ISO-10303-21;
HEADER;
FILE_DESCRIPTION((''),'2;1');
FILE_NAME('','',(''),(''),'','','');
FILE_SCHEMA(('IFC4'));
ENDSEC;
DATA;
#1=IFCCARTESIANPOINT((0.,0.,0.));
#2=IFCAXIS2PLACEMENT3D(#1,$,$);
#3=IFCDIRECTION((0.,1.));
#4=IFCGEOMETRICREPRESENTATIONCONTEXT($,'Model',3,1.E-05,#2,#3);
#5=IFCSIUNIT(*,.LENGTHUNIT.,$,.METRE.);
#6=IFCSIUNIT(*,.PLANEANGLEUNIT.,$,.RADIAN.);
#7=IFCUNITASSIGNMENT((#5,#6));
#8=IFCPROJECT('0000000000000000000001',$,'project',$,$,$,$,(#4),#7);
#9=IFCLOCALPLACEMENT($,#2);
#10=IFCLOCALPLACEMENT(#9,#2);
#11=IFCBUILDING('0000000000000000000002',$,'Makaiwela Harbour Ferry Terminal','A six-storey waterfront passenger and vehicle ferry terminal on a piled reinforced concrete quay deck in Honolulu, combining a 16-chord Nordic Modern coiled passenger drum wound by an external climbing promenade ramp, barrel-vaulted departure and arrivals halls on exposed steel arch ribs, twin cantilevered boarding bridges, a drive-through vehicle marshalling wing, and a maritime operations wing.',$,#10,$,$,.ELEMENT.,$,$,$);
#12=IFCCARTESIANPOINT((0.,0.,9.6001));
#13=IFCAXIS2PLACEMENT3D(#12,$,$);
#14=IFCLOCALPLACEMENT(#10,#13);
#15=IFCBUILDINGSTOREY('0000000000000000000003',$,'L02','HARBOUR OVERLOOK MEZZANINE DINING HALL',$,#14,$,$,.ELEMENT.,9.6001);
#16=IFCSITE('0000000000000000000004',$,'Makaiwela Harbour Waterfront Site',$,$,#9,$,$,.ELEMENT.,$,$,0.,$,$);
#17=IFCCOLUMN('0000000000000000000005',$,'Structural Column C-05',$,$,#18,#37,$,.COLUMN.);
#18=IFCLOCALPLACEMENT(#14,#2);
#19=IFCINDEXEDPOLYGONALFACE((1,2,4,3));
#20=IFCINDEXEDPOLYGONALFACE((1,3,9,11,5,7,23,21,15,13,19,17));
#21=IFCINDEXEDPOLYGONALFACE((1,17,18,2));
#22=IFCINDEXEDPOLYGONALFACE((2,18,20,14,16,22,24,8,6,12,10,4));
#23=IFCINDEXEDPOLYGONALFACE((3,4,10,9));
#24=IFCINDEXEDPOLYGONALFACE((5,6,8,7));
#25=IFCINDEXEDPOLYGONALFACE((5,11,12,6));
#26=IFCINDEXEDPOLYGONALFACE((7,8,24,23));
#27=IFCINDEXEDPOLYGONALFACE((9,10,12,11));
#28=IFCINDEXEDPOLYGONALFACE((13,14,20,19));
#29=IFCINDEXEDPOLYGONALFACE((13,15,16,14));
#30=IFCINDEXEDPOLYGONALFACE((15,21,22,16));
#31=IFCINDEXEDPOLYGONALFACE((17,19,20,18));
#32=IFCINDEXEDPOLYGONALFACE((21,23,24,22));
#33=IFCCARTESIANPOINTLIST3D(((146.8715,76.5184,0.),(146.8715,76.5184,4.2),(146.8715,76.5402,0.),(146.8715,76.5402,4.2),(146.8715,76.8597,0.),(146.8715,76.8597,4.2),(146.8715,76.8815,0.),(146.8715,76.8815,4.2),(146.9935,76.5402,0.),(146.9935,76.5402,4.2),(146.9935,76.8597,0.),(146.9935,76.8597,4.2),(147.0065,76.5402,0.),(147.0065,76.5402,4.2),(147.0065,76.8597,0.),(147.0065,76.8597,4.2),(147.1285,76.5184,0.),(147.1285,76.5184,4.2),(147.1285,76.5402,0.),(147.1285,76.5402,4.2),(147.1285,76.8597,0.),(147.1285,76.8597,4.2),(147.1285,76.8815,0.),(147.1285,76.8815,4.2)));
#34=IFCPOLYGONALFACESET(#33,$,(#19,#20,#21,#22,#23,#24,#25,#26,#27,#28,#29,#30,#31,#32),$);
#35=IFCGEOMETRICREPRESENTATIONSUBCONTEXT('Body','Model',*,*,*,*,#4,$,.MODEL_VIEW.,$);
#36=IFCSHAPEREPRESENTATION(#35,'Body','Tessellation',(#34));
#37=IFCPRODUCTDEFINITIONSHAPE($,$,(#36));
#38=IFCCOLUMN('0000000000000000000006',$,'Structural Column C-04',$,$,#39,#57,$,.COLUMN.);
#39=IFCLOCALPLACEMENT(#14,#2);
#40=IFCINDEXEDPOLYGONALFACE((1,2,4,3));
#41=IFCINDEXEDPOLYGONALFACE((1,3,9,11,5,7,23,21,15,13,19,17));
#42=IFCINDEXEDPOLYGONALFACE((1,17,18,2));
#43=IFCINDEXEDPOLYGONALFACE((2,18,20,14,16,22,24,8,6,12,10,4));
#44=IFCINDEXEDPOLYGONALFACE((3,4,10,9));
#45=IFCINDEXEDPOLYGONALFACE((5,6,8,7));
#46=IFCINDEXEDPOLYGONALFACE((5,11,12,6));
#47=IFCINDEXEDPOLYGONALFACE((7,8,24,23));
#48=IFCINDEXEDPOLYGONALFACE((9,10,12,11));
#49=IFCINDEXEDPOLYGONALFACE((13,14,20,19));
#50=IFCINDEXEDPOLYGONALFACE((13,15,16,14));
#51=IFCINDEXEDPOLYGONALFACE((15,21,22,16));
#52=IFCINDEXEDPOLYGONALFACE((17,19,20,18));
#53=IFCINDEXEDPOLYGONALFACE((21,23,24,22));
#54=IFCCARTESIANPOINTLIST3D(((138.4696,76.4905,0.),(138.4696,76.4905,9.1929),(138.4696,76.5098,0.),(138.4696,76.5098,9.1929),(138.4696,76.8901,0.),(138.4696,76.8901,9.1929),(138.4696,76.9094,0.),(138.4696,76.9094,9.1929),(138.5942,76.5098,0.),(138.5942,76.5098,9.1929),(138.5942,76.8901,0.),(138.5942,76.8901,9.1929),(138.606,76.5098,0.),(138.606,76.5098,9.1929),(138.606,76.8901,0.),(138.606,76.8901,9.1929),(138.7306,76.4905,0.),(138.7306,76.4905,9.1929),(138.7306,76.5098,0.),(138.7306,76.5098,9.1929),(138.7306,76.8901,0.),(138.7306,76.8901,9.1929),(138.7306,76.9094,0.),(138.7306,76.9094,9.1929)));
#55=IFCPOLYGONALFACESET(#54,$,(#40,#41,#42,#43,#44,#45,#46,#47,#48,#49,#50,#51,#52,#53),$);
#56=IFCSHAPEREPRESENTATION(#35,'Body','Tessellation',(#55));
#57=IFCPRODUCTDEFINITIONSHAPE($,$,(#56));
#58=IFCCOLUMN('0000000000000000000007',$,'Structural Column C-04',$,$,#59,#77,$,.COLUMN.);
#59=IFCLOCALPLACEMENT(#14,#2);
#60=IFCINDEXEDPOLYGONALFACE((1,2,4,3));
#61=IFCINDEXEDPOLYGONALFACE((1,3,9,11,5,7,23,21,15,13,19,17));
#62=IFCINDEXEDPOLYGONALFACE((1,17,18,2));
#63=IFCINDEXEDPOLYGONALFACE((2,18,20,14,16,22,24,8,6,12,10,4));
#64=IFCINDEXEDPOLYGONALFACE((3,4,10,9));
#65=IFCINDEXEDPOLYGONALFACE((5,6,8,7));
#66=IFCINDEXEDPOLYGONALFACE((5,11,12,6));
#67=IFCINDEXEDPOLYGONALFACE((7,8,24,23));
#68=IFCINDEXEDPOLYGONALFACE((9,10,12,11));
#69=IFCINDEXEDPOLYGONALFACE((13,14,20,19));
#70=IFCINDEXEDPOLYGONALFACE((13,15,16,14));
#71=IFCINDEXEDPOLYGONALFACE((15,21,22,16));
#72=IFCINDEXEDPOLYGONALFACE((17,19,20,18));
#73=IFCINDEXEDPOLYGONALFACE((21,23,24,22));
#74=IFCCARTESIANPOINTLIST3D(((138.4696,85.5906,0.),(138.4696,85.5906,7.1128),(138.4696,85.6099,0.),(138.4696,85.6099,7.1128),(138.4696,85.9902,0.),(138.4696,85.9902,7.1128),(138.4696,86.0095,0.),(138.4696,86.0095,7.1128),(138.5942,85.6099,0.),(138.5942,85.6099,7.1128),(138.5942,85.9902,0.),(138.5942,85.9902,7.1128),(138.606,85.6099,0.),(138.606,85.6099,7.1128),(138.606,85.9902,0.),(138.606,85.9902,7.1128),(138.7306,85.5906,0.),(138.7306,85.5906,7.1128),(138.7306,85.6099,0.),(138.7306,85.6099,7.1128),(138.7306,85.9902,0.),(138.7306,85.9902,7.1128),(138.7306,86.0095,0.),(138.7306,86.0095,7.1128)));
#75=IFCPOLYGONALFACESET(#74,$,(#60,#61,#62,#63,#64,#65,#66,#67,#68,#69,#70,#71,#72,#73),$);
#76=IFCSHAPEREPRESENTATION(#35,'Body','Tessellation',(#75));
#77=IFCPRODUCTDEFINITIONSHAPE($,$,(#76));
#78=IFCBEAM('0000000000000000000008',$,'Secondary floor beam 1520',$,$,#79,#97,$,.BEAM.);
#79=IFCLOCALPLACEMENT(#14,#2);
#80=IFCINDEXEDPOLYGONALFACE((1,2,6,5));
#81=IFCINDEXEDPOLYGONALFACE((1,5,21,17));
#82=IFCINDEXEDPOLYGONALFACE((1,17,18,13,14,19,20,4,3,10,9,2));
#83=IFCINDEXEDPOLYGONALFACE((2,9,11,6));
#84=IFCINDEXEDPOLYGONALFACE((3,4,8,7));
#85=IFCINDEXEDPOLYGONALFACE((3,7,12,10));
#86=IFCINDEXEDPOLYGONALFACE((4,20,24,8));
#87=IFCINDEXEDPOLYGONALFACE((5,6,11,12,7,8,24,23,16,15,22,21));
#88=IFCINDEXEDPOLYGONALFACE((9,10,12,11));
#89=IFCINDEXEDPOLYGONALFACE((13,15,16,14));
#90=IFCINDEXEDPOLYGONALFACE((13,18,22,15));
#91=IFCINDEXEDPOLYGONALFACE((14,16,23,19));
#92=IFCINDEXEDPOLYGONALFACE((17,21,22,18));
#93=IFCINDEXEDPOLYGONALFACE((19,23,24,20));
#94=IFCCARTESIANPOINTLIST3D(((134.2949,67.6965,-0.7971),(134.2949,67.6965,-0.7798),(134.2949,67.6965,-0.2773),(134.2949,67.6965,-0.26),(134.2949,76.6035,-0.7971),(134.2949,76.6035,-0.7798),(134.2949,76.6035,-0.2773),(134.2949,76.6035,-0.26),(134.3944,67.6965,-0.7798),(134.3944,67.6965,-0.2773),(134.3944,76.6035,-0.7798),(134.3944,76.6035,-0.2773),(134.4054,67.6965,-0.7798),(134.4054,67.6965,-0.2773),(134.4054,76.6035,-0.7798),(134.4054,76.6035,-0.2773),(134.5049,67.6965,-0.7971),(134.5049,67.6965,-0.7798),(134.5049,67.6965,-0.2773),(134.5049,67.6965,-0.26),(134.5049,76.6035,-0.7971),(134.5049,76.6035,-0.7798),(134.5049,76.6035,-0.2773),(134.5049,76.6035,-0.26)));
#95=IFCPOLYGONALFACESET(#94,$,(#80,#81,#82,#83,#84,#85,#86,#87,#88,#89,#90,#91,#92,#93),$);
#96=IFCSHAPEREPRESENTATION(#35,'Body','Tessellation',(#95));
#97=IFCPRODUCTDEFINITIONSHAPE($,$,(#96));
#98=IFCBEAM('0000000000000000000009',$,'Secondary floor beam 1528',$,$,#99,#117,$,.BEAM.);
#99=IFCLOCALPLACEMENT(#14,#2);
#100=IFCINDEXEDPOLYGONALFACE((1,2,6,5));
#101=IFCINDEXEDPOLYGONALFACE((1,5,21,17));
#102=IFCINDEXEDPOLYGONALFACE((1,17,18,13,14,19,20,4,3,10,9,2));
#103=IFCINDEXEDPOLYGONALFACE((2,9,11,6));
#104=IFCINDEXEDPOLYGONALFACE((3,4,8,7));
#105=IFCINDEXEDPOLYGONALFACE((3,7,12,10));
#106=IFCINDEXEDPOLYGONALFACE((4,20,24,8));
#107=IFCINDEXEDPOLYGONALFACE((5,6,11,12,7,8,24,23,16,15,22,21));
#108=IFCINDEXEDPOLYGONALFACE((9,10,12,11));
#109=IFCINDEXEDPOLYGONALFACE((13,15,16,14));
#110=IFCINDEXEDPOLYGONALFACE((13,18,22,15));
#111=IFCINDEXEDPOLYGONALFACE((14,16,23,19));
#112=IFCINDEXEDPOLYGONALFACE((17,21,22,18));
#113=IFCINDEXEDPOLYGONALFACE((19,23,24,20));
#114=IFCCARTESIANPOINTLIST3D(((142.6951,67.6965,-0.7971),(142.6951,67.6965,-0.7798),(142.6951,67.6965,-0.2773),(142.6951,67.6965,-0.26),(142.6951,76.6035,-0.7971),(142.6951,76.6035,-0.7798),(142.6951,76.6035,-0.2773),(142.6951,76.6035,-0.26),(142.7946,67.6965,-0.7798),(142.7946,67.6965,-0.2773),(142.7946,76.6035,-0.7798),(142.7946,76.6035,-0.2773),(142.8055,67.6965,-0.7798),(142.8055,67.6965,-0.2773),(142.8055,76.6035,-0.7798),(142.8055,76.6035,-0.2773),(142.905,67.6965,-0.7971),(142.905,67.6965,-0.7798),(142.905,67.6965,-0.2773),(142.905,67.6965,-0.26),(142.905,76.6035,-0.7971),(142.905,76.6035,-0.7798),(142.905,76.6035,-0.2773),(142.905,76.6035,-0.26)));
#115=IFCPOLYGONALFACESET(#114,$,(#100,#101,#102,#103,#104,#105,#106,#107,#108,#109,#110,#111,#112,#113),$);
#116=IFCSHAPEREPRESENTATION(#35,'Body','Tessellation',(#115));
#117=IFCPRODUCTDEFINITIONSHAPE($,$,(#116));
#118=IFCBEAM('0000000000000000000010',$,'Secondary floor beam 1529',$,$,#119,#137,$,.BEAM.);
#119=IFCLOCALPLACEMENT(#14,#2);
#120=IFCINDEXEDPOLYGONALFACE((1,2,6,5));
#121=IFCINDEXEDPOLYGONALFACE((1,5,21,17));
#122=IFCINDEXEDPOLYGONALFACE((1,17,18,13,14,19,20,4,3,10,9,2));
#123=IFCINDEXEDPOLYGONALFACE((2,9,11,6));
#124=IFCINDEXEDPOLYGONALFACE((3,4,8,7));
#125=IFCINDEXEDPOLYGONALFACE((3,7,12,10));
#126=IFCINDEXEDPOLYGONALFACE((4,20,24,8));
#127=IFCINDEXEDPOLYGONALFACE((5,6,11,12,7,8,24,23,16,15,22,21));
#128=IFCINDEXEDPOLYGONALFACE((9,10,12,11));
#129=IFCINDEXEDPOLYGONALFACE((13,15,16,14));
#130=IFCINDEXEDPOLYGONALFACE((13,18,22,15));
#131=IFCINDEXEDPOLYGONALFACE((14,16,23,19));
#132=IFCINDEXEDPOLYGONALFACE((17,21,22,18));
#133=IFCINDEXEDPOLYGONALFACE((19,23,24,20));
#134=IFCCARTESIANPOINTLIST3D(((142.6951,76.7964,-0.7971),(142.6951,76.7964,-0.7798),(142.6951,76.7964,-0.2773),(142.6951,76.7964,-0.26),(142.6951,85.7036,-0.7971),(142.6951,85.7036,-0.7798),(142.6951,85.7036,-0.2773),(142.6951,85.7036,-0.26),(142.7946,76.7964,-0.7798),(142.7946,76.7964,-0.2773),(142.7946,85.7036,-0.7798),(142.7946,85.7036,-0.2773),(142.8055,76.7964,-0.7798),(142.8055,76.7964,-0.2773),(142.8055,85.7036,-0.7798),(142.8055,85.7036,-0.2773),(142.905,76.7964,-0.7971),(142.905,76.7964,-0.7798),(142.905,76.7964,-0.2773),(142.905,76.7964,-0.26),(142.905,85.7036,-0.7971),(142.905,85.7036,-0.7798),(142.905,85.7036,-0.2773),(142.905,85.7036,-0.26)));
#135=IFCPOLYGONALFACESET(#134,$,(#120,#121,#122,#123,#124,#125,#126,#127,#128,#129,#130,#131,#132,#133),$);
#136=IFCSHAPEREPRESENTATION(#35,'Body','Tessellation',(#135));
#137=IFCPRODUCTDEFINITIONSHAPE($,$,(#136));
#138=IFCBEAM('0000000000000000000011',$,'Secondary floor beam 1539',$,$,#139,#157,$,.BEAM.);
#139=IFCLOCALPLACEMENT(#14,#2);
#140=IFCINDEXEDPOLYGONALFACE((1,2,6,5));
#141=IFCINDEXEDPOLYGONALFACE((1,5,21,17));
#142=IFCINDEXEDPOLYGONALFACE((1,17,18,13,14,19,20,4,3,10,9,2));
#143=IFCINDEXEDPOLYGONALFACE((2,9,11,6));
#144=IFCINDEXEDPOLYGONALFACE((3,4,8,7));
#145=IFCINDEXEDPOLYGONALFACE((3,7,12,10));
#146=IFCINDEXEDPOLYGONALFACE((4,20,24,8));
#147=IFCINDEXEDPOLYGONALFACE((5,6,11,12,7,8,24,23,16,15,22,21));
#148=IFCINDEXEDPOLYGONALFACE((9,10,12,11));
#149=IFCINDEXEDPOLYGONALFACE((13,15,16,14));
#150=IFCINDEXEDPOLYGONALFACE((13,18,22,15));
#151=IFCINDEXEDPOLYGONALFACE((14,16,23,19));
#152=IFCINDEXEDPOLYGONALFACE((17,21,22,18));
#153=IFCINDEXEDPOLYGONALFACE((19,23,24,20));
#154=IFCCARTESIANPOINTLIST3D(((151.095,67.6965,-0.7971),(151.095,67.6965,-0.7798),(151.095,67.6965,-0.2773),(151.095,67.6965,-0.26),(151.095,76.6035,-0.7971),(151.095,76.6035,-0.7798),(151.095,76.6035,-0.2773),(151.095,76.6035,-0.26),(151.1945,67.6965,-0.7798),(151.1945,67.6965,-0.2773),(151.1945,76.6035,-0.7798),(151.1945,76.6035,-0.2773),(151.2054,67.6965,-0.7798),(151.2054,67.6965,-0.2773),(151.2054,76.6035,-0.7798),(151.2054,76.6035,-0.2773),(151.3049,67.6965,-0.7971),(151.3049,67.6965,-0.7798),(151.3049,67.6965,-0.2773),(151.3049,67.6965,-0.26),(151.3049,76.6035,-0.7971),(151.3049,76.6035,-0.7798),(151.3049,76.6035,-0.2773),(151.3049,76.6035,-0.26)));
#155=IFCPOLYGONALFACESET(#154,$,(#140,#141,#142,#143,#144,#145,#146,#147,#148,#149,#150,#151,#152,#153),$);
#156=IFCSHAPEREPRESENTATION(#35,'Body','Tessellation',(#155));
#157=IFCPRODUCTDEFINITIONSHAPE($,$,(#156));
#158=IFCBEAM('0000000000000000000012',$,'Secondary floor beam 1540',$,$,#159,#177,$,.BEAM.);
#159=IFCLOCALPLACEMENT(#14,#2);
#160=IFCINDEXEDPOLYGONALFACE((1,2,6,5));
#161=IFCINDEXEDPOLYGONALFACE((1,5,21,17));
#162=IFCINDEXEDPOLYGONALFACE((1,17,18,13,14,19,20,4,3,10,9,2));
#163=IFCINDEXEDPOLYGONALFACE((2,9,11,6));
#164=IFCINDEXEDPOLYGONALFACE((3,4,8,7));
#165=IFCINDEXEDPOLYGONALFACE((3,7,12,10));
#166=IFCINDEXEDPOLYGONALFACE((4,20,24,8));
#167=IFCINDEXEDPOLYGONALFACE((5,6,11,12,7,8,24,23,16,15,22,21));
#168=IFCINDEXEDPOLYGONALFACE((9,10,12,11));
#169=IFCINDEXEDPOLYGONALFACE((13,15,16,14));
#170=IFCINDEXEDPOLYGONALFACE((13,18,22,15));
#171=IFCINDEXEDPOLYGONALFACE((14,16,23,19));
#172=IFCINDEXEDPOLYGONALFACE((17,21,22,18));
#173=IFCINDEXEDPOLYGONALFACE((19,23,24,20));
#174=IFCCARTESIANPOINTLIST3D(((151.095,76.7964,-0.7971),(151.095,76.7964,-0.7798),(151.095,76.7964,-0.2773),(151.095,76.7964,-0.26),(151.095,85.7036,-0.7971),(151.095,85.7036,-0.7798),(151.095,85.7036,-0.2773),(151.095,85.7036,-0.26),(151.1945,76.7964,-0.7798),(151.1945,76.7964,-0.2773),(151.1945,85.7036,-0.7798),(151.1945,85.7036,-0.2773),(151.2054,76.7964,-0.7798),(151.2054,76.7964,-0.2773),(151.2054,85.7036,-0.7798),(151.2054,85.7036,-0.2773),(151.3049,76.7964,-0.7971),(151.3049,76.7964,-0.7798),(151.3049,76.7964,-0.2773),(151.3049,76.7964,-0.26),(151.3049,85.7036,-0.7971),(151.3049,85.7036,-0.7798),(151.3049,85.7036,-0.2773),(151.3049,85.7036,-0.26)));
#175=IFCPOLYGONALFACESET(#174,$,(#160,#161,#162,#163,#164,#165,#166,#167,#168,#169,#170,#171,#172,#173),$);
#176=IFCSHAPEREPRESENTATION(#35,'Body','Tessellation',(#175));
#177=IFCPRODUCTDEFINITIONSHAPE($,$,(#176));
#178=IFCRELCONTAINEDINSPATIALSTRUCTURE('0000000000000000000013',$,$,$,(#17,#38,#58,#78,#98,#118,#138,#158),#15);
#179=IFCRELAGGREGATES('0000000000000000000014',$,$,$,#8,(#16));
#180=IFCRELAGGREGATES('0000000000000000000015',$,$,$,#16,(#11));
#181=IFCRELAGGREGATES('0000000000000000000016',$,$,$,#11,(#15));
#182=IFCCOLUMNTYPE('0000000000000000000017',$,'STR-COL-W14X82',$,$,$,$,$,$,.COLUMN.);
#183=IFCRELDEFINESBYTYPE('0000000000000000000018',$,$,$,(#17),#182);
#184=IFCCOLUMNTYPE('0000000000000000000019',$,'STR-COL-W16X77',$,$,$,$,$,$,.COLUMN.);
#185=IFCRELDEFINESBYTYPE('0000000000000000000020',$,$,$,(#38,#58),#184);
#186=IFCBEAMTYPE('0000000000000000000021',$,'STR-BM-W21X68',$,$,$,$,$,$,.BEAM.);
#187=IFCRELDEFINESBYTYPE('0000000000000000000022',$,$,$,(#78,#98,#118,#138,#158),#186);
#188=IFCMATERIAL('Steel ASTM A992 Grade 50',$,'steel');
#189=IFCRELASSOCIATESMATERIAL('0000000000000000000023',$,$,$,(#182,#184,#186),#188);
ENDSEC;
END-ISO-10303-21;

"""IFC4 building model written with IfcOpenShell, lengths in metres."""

from ifc_helpers import new_model, si_unit, direction, frame, origin, origin_2d, place, context, subcontext, project, spatial, i_section, extrude, material, material_profile, profile_set, type_object, element, save


model = new_model("IFC4")

# Units and contexts
model_context = context("Model", 3, precision=1e-05, world=origin(), true_north=direction((0.0, 1.0)))
body_context = subcontext(model_context, "Body", "Model", "MODEL_VIEW")
ifc_project = project(units=[si_unit("LENGTHUNIT", "METRE"), si_unit("PLANEANGLEUNIT", "RADIAN")], contexts=[model_context])

# Site, building, storey
site_placement = place(None, origin())
site = spatial("IfcSite", under=ifc_project, at=site_placement, Name="Makaiwela Harbour Waterfront Site", CompositionType="ELEMENT", RefElevation=0.0)
building_placement = place(site_placement, origin())
building = spatial("IfcBuilding", under=site, at=building_placement, Name="Makaiwela Harbour Ferry Terminal", Description="A six-storey waterfront passenger and vehicle ferry terminal on a piled reinforced concrete quay deck in Honolulu, combining a 16-chord Nordic Modern coiled passenger drum wound by an external climbing promenade ramp, barrel-vaulted departure and arrivals halls on exposed steel arch ribs, twin cantilevered boarding bridges, a drive-through vehicle marshalling wing, and a maritime operations wing.", CompositionType="ELEMENT")
storey_placement = place(building_placement, frame((0.0, 0.0, 9.6001)))
storey = spatial("IfcBuildingStorey", under=building, at=storey_placement, Name="L02", Description="HARBOUR OVERLOOK MEZZANINE DINING HALL", CompositionType="ELEMENT", Elevation=9.6001)

# Columns
ifc_material_1 = material(Name="Steel ASTM A992 Grade 50", Category="steel")
ifc_material_profile_1 = material_profile(ifc_material_1, i_section(OverallWidth=0.2571, OverallDepth=0.363, WebThickness=0.0129, FlangeThickness=0.0217, at=origin_2d()), Name="W14X82")
ifc_profile_set_1 = profile_set([ifc_material_profile_1], Name="Steel ASTM A992 Grade 50")
column_type_1 = type_object("IfcColumnType", Name="STR-COL-W14X82", PredefinedType="COLUMN", material=ifc_profile_set_1)
column_1_placement = place(storey_placement, frame((147.0, 76.7, 0.0), z_axis=(0.0, 0.0, 1.0), x_axis=(1.0, 0.0, 0.0)))
element("IfcColumn", 1, at=column_1_placement, inside=storey, type_object=column_type_1, Name="Structural Column C-05", PredefinedType="COLUMN", context=body_context, shape_type="SweptSolid", body=[
    extrude(i_section(OverallWidth=0.2571, OverallDepth=0.363, WebThickness=0.0129, FlangeThickness=0.0217, at=origin_2d()), origin(), (0.0, 0.0, 1.0), 4.2),
])
ifc_material_profile_2 = material_profile(ifc_material_1, i_section(OverallWidth=0.261, OverallDepth=0.4189, WebThickness=0.0117, FlangeThickness=0.0193, at=origin_2d()), Name="W16X77")
ifc_profile_set_2 = profile_set([ifc_material_profile_2], Name="Steel ASTM A992 Grade 50")
column_type_2 = type_object("IfcColumnType", Name="STR-COL-W16X77", PredefinedType="COLUMN", material=ifc_profile_set_2)
column_2_placement = place(storey_placement, frame((138.6001, 76.7, 0.0), z_axis=(0.0, 0.0, 1.0), x_axis=(1.0, 0.0, 0.0)))
element("IfcColumn", 2, at=column_2_placement, inside=storey, type_object=column_type_2, Name="Structural Column C-04", PredefinedType="COLUMN", context=body_context, shape_type="SweptSolid", body=[
    extrude(i_section(OverallWidth=0.261, OverallDepth=0.4189, WebThickness=0.0117, FlangeThickness=0.0193, at=origin_2d()), origin(), (0.0, 0.0, 1.0), 9.1929),
])
column_3_placement = place(storey_placement, frame((138.6001, 85.8, 0.0), z_axis=(0.0, 0.0, 1.0), x_axis=(1.0, 0.0, 0.0)))
element("IfcColumn", 3, at=column_3_placement, inside=storey, type_object=column_type_2, Name="Structural Column C-04", PredefinedType="COLUMN", context=body_context, shape_type="SweptSolid", body=[
    extrude(i_section(OverallWidth=0.261, OverallDepth=0.4189, WebThickness=0.0117, FlangeThickness=0.0193, at=origin_2d()), origin(), (0.0, 0.0, 1.0), 7.1128),
])

# Beams
ifc_material_profile_3 = material_profile(ifc_material_1, i_section(OverallWidth=0.21, OverallDepth=0.5371, WebThickness=0.011, FlangeThickness=0.0173, at=origin_2d()), Name="W21X68")
ifc_profile_set_3 = profile_set([ifc_material_profile_3], Name="Steel ASTM A992 Grade 50")
beam_type_1 = type_object("IfcBeamType", Name="STR-BM-W21X68", PredefinedType="BEAM", material=ifc_profile_set_3)
for number, where, z_axis, x_axis, name in (
    (4, (134.3999, 67.6965, -0.5286), (0.0, 1.0, 0.0), (-1.0, 0.0, 0.0), "Secondary floor beam 1520"),
    (5, (142.8, 67.6965, -0.5286), (0.0, 1.0, 0.0), (-1.0, 0.0, 0.0), "Secondary floor beam 1528"),
):
    element("IfcBeam", number, at=place(storey_placement, frame(where, z_axis=z_axis, x_axis=x_axis)), inside=storey, type_object=beam_type_1, Name=name, PredefinedType="BEAM", context=body_context, shape_type="SweptSolid", body=[
        extrude(i_section(OverallWidth=0.21, OverallDepth=0.5371, WebThickness=0.011, FlangeThickness=0.0173, at=origin_2d()), origin(), (0.0, 0.0, 1.0), 8.907),
    ])
beam_1_placement = place(storey_placement, frame((142.8, 76.7964, -0.5286), z_axis=(0.0, 1.0, 0.0), x_axis=(-1.0, 0.0, 0.0)))
element("IfcBeam", 6, at=beam_1_placement, inside=storey, type_object=beam_type_1, Name="Secondary floor beam 1529", PredefinedType="BEAM", context=body_context, shape_type="SweptSolid", body=[
    extrude(i_section(OverallWidth=0.21, OverallDepth=0.5371, WebThickness=0.011, FlangeThickness=0.0173, at=origin_2d()), origin(), (0.0, 0.0, 1.0), 8.9072),
])
beam_2_placement = place(storey_placement, frame((151.2, 67.6965, -0.5286), z_axis=(0.0, 1.0, 0.0), x_axis=(-1.0, 0.0, 0.0)))
element("IfcBeam", 7, at=beam_2_placement, inside=storey, type_object=beam_type_1, Name="Secondary floor beam 1539", PredefinedType="BEAM", context=body_context, shape_type="SweptSolid", body=[
    extrude(i_section(OverallWidth=0.21, OverallDepth=0.5371, WebThickness=0.011, FlangeThickness=0.0173, at=origin_2d()), origin(), (0.0, 0.0, 1.0), 8.907),
])
beam_3_placement = place(storey_placement, frame((151.2, 76.7964, -0.5286), z_axis=(0.0, 1.0, 0.0), x_axis=(-1.0, 0.0, 0.0)))
element("IfcBeam", 8, at=beam_3_placement, inside=storey, type_object=beam_type_1, Name="Secondary floor beam 1540", PredefinedType="BEAM", context=body_context, shape_type="SweptSolid", body=[
    extrude(i_section(OverallWidth=0.21, OverallDepth=0.5371, WebThickness=0.011, FlangeThickness=0.0173, at=origin_2d()), origin(), (0.0, 0.0, 1.0), 8.9072),
])

save(model, "model.ifc")
